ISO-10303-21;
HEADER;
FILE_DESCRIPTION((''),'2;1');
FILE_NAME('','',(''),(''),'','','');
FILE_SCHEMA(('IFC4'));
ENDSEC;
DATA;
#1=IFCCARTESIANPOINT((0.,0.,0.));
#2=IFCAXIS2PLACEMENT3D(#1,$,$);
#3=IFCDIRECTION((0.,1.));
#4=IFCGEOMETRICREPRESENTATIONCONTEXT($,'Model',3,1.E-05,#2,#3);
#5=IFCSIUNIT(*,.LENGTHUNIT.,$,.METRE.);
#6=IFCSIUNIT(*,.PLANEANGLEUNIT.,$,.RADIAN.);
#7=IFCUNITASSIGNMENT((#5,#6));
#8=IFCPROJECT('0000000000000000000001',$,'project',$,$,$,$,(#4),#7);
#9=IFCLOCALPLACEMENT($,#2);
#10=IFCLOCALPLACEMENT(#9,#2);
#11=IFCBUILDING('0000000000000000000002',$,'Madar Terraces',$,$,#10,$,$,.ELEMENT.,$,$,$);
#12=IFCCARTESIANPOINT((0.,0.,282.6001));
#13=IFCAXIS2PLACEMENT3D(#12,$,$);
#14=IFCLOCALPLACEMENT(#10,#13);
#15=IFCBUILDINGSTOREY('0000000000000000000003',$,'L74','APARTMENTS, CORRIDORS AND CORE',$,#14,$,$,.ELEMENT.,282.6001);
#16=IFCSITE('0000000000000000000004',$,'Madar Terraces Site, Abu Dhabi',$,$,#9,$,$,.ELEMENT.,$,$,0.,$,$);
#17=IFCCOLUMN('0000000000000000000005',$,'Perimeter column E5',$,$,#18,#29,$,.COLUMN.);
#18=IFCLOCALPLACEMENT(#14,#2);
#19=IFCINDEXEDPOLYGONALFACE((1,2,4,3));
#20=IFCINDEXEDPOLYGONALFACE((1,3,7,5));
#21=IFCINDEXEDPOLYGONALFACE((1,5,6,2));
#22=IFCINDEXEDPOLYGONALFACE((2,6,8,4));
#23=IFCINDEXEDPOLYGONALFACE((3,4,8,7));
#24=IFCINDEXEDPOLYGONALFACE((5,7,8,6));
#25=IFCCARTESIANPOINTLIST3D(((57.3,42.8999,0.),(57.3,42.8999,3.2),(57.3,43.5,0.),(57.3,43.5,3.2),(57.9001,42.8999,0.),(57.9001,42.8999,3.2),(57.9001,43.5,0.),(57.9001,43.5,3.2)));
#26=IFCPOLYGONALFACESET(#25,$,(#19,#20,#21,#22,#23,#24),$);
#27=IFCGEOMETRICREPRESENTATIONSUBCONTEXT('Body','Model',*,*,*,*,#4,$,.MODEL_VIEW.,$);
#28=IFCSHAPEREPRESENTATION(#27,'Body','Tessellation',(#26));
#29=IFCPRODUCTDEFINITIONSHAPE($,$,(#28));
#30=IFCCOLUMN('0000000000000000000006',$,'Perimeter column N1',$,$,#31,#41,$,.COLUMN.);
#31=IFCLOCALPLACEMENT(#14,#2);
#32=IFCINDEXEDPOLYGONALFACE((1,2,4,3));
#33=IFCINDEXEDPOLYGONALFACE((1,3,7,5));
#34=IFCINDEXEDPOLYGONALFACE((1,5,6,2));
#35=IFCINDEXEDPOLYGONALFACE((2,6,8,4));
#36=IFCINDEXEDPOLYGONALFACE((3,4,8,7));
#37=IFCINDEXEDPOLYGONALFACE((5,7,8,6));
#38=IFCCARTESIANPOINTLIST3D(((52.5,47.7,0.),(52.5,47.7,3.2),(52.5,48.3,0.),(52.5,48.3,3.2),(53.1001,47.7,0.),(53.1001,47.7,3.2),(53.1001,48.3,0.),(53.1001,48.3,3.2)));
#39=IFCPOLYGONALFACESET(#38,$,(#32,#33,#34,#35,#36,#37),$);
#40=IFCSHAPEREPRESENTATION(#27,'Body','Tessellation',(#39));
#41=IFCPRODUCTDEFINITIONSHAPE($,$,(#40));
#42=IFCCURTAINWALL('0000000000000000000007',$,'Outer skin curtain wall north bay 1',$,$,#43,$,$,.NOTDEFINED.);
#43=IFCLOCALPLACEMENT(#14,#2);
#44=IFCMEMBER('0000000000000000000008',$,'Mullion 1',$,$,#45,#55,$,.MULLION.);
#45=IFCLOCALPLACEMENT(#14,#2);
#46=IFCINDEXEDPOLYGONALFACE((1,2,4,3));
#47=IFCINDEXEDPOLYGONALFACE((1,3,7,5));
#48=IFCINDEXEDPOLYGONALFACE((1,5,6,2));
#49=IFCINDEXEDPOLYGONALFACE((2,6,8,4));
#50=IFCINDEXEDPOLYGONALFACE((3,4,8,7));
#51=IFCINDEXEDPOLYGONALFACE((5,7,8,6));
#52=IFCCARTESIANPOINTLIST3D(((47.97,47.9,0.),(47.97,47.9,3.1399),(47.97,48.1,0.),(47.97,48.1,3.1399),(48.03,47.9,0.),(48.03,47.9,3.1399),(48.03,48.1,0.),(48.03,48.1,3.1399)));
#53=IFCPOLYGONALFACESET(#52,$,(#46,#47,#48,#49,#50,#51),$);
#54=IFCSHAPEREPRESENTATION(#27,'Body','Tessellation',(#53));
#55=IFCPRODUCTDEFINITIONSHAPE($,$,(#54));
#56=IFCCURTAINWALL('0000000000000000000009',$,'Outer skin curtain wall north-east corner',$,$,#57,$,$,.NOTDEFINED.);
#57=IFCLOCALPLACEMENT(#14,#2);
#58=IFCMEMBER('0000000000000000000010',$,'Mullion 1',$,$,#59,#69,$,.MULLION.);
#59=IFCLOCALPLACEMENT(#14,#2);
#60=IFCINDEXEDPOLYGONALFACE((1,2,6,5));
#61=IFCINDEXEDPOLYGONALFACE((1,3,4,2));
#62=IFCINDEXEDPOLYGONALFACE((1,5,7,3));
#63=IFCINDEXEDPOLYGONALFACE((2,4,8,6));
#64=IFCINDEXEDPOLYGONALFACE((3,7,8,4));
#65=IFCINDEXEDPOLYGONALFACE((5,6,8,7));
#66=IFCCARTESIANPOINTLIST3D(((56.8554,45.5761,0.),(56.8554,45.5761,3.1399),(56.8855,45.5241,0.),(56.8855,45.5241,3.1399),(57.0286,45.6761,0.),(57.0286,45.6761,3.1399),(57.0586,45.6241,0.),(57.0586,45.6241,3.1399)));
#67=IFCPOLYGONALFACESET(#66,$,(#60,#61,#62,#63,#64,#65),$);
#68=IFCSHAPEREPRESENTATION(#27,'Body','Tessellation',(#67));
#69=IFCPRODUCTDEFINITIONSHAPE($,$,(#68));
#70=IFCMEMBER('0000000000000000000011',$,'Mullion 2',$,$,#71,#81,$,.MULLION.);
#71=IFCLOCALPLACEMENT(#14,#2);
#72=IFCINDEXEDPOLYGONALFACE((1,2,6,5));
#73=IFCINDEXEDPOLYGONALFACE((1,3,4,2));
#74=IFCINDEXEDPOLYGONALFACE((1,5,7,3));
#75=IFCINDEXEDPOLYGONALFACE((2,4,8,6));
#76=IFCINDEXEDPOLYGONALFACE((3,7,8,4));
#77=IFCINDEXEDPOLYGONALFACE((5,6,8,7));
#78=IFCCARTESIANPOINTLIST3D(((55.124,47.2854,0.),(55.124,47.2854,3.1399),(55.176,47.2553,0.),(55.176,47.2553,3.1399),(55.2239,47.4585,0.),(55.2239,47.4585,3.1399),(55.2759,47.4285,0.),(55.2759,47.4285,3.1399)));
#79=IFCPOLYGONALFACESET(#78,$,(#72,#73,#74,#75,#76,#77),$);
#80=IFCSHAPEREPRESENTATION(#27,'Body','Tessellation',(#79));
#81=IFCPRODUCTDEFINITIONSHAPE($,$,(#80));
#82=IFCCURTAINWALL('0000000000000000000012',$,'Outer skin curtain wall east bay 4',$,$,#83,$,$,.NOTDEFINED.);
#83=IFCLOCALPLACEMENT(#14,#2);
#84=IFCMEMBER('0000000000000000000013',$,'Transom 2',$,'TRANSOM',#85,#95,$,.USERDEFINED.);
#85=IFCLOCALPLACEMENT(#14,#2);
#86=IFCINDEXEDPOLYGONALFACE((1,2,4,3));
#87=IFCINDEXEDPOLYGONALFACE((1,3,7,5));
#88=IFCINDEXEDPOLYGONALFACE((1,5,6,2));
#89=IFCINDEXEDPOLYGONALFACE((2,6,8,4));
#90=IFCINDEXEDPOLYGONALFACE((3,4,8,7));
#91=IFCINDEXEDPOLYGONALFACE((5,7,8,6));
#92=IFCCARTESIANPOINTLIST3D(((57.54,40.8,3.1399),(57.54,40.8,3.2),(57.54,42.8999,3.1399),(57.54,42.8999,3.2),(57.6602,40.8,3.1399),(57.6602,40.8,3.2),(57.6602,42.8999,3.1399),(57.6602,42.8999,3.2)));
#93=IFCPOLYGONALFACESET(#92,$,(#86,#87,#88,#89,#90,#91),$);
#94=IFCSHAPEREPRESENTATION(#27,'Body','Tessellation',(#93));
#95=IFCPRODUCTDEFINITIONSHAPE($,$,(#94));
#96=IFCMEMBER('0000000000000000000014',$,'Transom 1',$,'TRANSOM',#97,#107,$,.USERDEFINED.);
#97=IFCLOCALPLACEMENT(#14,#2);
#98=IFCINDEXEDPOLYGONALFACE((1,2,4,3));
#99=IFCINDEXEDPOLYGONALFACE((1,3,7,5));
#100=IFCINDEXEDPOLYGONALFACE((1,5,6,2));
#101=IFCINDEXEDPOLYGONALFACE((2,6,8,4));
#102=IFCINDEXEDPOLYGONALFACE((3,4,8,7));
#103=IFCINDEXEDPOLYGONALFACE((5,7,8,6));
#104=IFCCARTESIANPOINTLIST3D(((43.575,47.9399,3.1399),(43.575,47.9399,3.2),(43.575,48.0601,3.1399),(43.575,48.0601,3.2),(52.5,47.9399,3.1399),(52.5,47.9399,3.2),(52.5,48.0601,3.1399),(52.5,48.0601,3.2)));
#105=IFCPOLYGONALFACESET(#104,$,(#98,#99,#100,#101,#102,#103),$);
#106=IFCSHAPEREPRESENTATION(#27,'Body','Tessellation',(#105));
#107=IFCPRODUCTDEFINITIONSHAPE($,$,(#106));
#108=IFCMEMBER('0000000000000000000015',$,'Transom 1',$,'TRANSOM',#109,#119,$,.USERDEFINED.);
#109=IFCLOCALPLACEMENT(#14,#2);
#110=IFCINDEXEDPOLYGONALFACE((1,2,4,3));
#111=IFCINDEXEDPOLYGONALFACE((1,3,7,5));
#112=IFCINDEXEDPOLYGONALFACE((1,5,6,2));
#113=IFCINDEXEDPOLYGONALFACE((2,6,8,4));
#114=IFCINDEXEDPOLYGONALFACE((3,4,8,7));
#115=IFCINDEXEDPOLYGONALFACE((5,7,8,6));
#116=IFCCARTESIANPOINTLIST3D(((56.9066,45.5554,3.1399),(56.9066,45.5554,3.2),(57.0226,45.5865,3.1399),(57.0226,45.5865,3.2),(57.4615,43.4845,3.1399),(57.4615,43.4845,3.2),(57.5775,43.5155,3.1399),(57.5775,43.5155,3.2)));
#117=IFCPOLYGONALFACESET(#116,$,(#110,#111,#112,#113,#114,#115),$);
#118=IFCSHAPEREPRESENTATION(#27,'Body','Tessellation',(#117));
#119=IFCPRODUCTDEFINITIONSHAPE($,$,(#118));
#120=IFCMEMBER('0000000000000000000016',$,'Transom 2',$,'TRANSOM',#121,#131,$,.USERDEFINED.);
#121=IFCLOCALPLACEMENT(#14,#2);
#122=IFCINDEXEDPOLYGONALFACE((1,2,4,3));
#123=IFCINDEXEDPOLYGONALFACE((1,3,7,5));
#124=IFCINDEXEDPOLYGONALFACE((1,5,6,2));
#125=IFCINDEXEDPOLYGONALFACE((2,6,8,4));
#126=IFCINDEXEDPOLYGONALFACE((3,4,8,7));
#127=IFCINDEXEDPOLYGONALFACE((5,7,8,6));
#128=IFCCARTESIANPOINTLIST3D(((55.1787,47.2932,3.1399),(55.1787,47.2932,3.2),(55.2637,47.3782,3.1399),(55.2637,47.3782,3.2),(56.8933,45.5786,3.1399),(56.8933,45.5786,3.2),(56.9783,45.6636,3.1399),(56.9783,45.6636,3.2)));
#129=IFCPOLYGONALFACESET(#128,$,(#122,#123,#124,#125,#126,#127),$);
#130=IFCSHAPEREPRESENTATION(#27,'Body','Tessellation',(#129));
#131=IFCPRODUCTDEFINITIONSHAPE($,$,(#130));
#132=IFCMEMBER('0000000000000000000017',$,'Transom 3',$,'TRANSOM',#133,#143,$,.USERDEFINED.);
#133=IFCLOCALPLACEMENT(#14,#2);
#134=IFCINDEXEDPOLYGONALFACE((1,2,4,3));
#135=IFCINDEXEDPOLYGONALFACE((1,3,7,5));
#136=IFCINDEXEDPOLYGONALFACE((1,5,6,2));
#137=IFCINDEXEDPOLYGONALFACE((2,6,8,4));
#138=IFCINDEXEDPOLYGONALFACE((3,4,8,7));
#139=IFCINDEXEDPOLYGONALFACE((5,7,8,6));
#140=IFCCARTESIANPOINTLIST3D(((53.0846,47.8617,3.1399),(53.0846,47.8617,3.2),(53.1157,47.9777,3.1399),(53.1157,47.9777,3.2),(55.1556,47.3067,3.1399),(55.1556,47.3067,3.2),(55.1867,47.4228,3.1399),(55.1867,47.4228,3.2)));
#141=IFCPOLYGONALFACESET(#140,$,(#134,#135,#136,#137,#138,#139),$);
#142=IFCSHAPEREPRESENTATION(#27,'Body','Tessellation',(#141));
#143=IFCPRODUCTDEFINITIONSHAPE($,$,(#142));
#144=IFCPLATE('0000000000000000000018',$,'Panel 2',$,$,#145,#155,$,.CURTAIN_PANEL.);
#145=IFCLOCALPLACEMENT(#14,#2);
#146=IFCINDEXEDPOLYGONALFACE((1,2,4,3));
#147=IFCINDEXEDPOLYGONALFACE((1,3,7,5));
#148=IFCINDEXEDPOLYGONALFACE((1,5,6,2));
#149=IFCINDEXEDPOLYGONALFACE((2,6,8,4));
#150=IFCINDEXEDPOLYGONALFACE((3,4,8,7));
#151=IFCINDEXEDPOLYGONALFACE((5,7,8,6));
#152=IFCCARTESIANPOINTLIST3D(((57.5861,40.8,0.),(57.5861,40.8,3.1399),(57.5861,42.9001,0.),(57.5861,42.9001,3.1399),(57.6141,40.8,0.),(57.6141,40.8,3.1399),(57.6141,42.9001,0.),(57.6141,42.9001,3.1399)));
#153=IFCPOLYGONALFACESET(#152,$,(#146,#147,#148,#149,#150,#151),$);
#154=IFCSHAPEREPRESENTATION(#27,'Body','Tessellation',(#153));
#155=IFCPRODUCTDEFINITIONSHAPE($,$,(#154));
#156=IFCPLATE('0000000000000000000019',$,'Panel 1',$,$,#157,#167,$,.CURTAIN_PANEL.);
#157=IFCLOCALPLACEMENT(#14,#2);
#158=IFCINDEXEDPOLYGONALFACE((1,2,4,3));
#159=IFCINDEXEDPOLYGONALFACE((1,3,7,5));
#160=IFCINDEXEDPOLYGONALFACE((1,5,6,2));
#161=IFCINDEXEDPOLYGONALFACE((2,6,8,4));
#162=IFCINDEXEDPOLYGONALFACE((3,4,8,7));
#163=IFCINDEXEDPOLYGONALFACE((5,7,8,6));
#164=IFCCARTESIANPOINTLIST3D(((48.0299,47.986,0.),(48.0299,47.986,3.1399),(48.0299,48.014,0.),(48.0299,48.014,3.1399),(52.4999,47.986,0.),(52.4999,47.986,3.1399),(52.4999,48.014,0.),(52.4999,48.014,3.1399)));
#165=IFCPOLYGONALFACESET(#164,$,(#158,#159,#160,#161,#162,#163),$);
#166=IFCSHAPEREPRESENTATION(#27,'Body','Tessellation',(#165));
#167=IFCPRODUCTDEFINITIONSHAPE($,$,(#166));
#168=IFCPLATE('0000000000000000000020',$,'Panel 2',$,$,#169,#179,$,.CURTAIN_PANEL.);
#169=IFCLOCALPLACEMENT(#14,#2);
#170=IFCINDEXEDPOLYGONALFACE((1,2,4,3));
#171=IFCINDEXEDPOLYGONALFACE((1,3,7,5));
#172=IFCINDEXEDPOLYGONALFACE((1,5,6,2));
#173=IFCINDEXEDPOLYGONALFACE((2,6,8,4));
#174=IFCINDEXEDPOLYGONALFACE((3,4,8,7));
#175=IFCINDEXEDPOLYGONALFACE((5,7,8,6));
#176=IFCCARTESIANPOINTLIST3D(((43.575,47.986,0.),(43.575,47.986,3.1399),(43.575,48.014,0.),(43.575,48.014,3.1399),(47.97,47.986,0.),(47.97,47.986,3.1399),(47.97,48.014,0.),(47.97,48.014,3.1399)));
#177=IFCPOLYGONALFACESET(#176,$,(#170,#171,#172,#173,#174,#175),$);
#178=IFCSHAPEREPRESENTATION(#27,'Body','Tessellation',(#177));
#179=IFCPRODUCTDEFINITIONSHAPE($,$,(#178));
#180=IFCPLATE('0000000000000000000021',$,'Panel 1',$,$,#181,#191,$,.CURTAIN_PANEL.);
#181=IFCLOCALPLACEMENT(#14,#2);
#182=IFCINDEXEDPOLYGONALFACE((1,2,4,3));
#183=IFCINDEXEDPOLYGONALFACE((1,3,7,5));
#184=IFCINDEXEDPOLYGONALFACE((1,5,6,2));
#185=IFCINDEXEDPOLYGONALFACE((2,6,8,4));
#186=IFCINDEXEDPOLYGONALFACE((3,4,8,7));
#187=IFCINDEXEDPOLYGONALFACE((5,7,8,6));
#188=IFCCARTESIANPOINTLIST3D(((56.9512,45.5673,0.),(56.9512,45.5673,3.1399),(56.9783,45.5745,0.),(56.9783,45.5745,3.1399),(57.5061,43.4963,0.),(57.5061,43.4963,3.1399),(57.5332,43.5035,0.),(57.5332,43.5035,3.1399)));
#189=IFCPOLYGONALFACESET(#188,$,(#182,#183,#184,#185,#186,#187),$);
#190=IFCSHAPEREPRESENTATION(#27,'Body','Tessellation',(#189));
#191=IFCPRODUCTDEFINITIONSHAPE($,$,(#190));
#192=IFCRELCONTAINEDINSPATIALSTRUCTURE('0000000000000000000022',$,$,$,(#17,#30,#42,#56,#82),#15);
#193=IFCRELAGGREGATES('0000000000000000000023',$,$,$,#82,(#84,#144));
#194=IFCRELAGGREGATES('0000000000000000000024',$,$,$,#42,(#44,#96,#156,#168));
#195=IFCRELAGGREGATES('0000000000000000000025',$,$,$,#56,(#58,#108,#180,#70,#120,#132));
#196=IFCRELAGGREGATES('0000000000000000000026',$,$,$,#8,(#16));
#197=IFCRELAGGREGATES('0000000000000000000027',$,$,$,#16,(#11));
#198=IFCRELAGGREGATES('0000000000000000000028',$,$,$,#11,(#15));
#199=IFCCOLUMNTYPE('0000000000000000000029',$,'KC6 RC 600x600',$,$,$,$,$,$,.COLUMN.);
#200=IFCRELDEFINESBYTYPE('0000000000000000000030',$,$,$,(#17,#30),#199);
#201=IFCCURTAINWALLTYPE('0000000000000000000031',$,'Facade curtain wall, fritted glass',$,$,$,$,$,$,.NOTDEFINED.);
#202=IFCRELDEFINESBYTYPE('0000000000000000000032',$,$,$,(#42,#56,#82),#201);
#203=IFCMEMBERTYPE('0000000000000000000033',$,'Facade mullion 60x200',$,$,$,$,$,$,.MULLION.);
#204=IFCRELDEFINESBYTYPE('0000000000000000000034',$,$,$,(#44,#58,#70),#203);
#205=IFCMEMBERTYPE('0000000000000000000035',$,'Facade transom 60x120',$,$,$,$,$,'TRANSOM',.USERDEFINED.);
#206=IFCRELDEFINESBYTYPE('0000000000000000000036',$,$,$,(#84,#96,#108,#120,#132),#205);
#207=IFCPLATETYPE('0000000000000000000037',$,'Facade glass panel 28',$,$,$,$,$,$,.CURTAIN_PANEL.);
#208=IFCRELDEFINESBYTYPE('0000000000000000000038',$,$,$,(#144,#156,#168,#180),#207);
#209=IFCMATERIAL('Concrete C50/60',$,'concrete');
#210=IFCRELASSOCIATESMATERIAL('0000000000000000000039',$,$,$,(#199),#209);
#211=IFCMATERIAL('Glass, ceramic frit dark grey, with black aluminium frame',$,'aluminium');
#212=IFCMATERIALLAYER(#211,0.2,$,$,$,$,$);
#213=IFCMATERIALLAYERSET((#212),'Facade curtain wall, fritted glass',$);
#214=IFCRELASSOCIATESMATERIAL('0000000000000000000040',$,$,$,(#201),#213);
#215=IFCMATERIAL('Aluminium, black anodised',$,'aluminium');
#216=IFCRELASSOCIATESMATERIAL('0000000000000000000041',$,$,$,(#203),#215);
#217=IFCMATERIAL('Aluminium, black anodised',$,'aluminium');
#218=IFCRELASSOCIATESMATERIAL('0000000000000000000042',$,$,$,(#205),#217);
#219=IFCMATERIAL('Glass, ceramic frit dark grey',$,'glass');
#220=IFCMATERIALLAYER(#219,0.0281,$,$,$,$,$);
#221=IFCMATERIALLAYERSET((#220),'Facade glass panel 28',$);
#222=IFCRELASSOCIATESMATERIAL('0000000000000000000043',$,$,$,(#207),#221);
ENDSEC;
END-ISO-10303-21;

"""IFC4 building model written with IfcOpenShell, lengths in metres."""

from ifc_helpers import new_model, si_unit, direction, frame, origin, origin_2d, place, context, subcontext, project, spatial, rectangle, extrude, material, layer, layer_set, material_profile, profile_set, type_object, element, aggregate, save


model = new_model("IFC4")

# Units and contexts
model_context = context("Model", 3, precision=1e-05, world=origin(), true_north=direction((0.0, 1.0)))
body_context = subcontext(model_context, "Body", "Model", "MODEL_VIEW")
ifc_project = project(units=[si_unit("LENGTHUNIT", "METRE"), si_unit("PLANEANGLEUNIT", "RADIAN")], contexts=[model_context])

# Site, building, storey
site_placement = place(None, origin())
site = spatial("IfcSite", under=ifc_project, at=site_placement, Name="Madar Terraces Site, Abu Dhabi", CompositionType="ELEMENT", RefElevation=0.0)
building_placement = place(site_placement, origin())
building = spatial("IfcBuilding", under=site, at=building_placement, Name="Madar Terraces", CompositionType="ELEMENT")
storey_placement = place(building_placement, frame((0.0, 0.0, 282.6001)))
storey = spatial("IfcBuildingStorey", under=building, at=storey_placement, Name="L74", Description="APARTMENTS, CORRIDORS AND CORE", CompositionType="ELEMENT", Elevation=282.6001)

# Columns
ifc_material_1 = material(Name="Concrete C50/60", Category="concrete")
ifc_material_profile_1 = material_profile(ifc_material_1, rectangle(XDim=0.6001, YDim=0.6001, at=origin_2d()), Name="KC6 RC 600x600")
ifc_profile_set_1 = profile_set([ifc_material_profile_1], Name="Concrete C50/60")
column_type = type_object("IfcColumnType", Name="KC6 RC 600x600", PredefinedType="COLUMN", material=ifc_profile_set_1)
for number, where, z_axis, x_axis, name in (
    (1, (57.6001, 43.2, 0.0), (0.0, 0.0, 1.0), (1.0, 0.0, 0.0), "Perimeter column E5"),
    (2, (52.8, 48.0, 0.0), (0.0, 0.0, 1.0), (1.0, 0.0, 0.0), "Perimeter column N1"),
):
    element("IfcColumn", number, at=place(storey_placement, frame(where, z_axis=z_axis, x_axis=x_axis)), inside=storey, type_object=column_type, Name=name, PredefinedType="COLUMN", context=body_context, shape_type="SweptSolid", body=[
        extrude(rectangle(XDim=0.6001, YDim=0.6001, at=origin_2d()), origin(), (0.0, 0.0, 1.0), 3.2),
    ])

# Curtain wall, member
ifc_material_2 = material(Name="Glass, ceramic frit dark grey, with black aluminium frame", Category="aluminium")
ifc_layer_1 = layer(ifc_material_2, 0.2)
ifc_layer_set_1 = layer_set([ifc_layer_1], Name="Facade curtain wall, fritted glass")
curtain_wall_type = type_object("IfcCurtainWallType", Name="Facade curtain wall, fritted glass", PredefinedType="NOTDEFINED", material=ifc_layer_set_1)
curtain_wall_1_placement = place(storey_placement, origin())
curtain_wall_1 = element("IfcCurtainWall", 3, at=curtain_wall_1_placement, inside=storey, type_object=curtain_wall_type, Name="Outer skin curtain wall north bay 1", PredefinedType="NOTDEFINED")
ifc_material_3 = material(Name="Aluminium, black anodised", Category="aluminium")
ifc_material_profile_2 = material_profile(ifc_material_3, rectangle(XDim=0.2, YDim=0.0601, at=origin_2d()), Name="Facade mullion 60x200")
ifc_profile_set_2 = profile_set([ifc_material_profile_2], Name="Aluminium, black anodised")
member_type_1 = type_object("IfcMemberType", Name="Facade mullion 60x200", PredefinedType="MULLION", material=ifc_profile_set_2)
member_1_placement = place(storey_placement, frame((48.0, 48.0, 0.0), z_axis=(0.0, 0.0, 1.0), x_axis=(0.0, -1.0, 0.0)))
member_1 = element("IfcMember", 4, at=member_1_placement, type_object=member_type_1, Name="Mullion 1", PredefinedType="MULLION", context=body_context, shape_type="SweptSolid", body=[
    extrude(rectangle(XDim=0.2, YDim=0.0601, at=origin_2d()), origin(), (0.0, 0.0, 1.0), 3.1399),
])

# Curtain wall, members
curtain_wall_2_placement = place(storey_placement, origin())
curtain_wall_2 = element("IfcCurtainWall", 5, at=curtain_wall_2_placement, inside=storey, type_object=curtain_wall_type, Name="Outer skin curtain wall north-east corner", PredefinedType="NOTDEFINED")
member_2_placement = place(storey_placement, frame((56.957, 45.6001, 0.0), z_axis=(0.0, 0.0, 1.0), x_axis=(-0.866025, -0.5, 0.0)))
member_2 = element("IfcMember", 6, at=member_2_placement, type_object=member_type_1, Name="Mullion 1", PredefinedType="MULLION", context=body_context, shape_type="SweptSolid", body=[
    extrude(rectangle(XDim=0.2, YDim=0.0601, at=origin_2d()), origin(), (0.0, 0.0, 1.0), 3.1399),
])
member_3_placement = place(storey_placement, frame((55.2, 47.3569, 0.0), z_axis=(0.0, 0.0, 1.0), x_axis=(-0.5, -0.866025, 0.0)))
member_3 = element("IfcMember", 7, at=member_3_placement, type_object=member_type_1, Name="Mullion 2", PredefinedType="MULLION", context=body_context, shape_type="SweptSolid", body=[
    extrude(rectangle(XDim=0.2, YDim=0.0601, at=origin_2d()), origin(), (0.0, 0.0, 1.0), 3.1399),
])

# Curtain wall, member
curtain_wall_3_placement = place(storey_placement, origin())
curtain_wall_3 = element("IfcCurtainWall", 8, at=curtain_wall_3_placement, inside=storey, type_object=curtain_wall_type, Name="Outer skin curtain wall east bay 4", PredefinedType="NOTDEFINED")
ifc_material_4 = material(Name="Aluminium, black anodised", Category="aluminium")
ifc_material_profile_3 = material_profile(ifc_material_4, rectangle(XDim=0.1201, YDim=0.0601, at=origin_2d()), Name="Facade transom 60x120")
ifc_profile_set_3 = profile_set([ifc_material_profile_3], Name="Aluminium, black anodised")
member_type_2 = type_object("IfcMemberType", Name="Facade transom 60x120", ElementType="TRANSOM", PredefinedType="USERDEFINED", material=ifc_profile_set_3)
member_4_placement = place(storey_placement, frame((57.6001, 40.8, 3.1699), z_axis=(0.0, 1.0, 0.0), x_axis=(-1.0, 0.0, 0.0)))
member_4 = element("IfcMember", 9, at=member_4_placement, type_object=member_type_2, Name="Transom 2", ObjectType="TRANSOM", PredefinedType="USERDEFINED", context=body_context, shape_type="SweptSolid", body=[
    extrude(rectangle(XDim=0.1201, YDim=0.0601, at=origin_2d()), origin(), (0.0, 0.0, 1.0), 2.0999),
])

# Members
member_5_placement = place(storey_placement, frame((52.5, 48.0, 3.1699), z_axis=(-1.0, 0.0, 0.0), x_axis=(0.0, -1.0, 0.0)))
member_5 = element("IfcMember", 10, at=member_5_placement, type_object=member_type_2, Name="Transom 1", ObjectType="TRANSOM", PredefinedType="USERDEFINED", context=body_context, shape_type="SweptSolid", body=[
    extrude(rectangle(XDim=0.1201, YDim=0.0601, at=origin_2d()), origin(), (0.0, 0.0, 1.0), 8.925),
])
member_6_placement = place(storey_placement, frame((57.5195, 43.5, 3.1699), z_axis=(-0.258818, 0.965926, 0.0), x_axis=(-0.965926, -0.258818, 0.0)))
member_6 = element("IfcMember", 11, at=member_6_placement, type_object=member_type_2, Name="Transom 1", ObjectType="TRANSOM", PredefinedType="USERDEFINED", context=body_context, shape_type="SweptSolid", body=[
    extrude(rectangle(XDim=0.1201, YDim=0.0601, at=origin_2d()), origin(), (0.0, 0.0, 1.0), 2.144),
])
member_7_placement = place(storey_placement, frame((56.9358, 45.6211, 3.1699), z_axis=(-0.707107, 0.707107, 0.0), x_axis=(-0.707107, -0.707107, 0.0)))
member_7 = element("IfcMember", 12, at=member_7_placement, type_object=member_type_2, Name="Transom 2", ObjectType="TRANSOM", PredefinedType="USERDEFINED", context=body_context, shape_type="SweptSolid", body=[
    extrude(rectangle(XDim=0.1201, YDim=0.0601, at=origin_2d()), origin(), (0.0, 0.0, 1.0), 2.4248),
])
member_8_placement = place(storey_placement, frame((55.1711, 47.3647, 3.1699), z_axis=(-0.965926, 0.258818, 0.0), x_axis=(-0.258818, -0.965926, 0.0)))
member_8 = element("IfcMember", 13, at=member_8_placement, type_object=member_type_2, Name="Transom 3", ObjectType="TRANSOM", PredefinedType="USERDEFINED", context=body_context, shape_type="SweptSolid", body=[
    extrude(rectangle(XDim=0.1201, YDim=0.0601, at=origin_2d()), origin(), (0.0, 0.0, 1.0), 2.144),
])

# Plates
ifc_material_5 = material(Name="Glass, ceramic frit dark grey", Category="glass")
ifc_layer_2 = layer(ifc_material_5, 0.0281)
ifc_layer_set_2 = layer_set([ifc_layer_2], Name="Facade glass panel 28")
plate_type = type_object("IfcPlateType", Name="Facade glass panel 28", PredefinedType="CURTAIN_PANEL", material=ifc_layer_set_2)
plate_1_placement = place(storey_placement, frame((57.6001, 41.8501, 0.0), z_axis=(0.0, 0.0, 1.0), x_axis=(0.0, 1.0, 0.0)))
plate_1 = element("IfcPlate", 14, at=plate_1_placement, type_object=plate_type, Name="Panel 2", PredefinedType="CURTAIN_PANEL", context=body_context, shape_type="SweptSolid", body=[
    extrude(rectangle(XDim=2.1001, YDim=0.0281, at=origin_2d()), origin(), (0.0, 0.0, 1.0), 3.1399),
])
aggregate(curtain_wall_3, [member_4, plate_1])
plate_2_placement = place(storey_placement, frame((50.2649, 48.0, 0.0), z_axis=(0.0, 0.0, 1.0), x_axis=(-1.0, 0.0, 0.0)))
plate_2 = element("IfcPlate", 15, at=plate_2_placement, type_object=plate_type, Name="Panel 1", PredefinedType="CURTAIN_PANEL", context=body_context, shape_type="SweptSolid", body=[
    extrude(rectangle(XDim=4.47, YDim=0.0281, at=origin_2d()), origin(), (0.0, 0.0, 1.0), 3.1399),
])
plate_3_placement = place(storey_placement, frame((45.7725, 48.0, 0.0), z_axis=(0.0, 0.0, 1.0), x_axis=(-1.0, 0.0, 0.0)))
plate_3 = element("IfcPlate", 16, at=plate_3_placement, type_object=plate_type, Name="Panel 2", PredefinedType="CURTAIN_PANEL", context=body_context, shape_type="SweptSolid", body=[
    extrude(rectangle(XDim=4.395, YDim=0.0281, at=origin_2d()), origin(), (0.0, 0.0, 1.0), 3.1399),
])
aggregate(curtain_wall_1, [member_1, member_5, plate_2, plate_3])
plate_4_placement = place(storey_placement, frame((57.2422, 44.5354, 0.0), z_axis=(0.0, 0.0, 1.0), x_axis=(-0.258819, 0.965926, 0.0)))
plate_4 = element("IfcPlate", 17, at=plate_4_placement, type_object=plate_type, Name="Panel 1", PredefinedType="CURTAIN_PANEL", context=body_context, shape_type="SweptSolid", body=[
    extrude(rectangle(XDim=2.144, YDim=0.0281, at=origin_2d()), origin(), (0.0, 0.0, 1.0), 3.1399),
])
aggregate(curtain_wall_2, [member_2, member_6, plate_4, member_3, member_7, member_8])

save(model, "model.ifc")
